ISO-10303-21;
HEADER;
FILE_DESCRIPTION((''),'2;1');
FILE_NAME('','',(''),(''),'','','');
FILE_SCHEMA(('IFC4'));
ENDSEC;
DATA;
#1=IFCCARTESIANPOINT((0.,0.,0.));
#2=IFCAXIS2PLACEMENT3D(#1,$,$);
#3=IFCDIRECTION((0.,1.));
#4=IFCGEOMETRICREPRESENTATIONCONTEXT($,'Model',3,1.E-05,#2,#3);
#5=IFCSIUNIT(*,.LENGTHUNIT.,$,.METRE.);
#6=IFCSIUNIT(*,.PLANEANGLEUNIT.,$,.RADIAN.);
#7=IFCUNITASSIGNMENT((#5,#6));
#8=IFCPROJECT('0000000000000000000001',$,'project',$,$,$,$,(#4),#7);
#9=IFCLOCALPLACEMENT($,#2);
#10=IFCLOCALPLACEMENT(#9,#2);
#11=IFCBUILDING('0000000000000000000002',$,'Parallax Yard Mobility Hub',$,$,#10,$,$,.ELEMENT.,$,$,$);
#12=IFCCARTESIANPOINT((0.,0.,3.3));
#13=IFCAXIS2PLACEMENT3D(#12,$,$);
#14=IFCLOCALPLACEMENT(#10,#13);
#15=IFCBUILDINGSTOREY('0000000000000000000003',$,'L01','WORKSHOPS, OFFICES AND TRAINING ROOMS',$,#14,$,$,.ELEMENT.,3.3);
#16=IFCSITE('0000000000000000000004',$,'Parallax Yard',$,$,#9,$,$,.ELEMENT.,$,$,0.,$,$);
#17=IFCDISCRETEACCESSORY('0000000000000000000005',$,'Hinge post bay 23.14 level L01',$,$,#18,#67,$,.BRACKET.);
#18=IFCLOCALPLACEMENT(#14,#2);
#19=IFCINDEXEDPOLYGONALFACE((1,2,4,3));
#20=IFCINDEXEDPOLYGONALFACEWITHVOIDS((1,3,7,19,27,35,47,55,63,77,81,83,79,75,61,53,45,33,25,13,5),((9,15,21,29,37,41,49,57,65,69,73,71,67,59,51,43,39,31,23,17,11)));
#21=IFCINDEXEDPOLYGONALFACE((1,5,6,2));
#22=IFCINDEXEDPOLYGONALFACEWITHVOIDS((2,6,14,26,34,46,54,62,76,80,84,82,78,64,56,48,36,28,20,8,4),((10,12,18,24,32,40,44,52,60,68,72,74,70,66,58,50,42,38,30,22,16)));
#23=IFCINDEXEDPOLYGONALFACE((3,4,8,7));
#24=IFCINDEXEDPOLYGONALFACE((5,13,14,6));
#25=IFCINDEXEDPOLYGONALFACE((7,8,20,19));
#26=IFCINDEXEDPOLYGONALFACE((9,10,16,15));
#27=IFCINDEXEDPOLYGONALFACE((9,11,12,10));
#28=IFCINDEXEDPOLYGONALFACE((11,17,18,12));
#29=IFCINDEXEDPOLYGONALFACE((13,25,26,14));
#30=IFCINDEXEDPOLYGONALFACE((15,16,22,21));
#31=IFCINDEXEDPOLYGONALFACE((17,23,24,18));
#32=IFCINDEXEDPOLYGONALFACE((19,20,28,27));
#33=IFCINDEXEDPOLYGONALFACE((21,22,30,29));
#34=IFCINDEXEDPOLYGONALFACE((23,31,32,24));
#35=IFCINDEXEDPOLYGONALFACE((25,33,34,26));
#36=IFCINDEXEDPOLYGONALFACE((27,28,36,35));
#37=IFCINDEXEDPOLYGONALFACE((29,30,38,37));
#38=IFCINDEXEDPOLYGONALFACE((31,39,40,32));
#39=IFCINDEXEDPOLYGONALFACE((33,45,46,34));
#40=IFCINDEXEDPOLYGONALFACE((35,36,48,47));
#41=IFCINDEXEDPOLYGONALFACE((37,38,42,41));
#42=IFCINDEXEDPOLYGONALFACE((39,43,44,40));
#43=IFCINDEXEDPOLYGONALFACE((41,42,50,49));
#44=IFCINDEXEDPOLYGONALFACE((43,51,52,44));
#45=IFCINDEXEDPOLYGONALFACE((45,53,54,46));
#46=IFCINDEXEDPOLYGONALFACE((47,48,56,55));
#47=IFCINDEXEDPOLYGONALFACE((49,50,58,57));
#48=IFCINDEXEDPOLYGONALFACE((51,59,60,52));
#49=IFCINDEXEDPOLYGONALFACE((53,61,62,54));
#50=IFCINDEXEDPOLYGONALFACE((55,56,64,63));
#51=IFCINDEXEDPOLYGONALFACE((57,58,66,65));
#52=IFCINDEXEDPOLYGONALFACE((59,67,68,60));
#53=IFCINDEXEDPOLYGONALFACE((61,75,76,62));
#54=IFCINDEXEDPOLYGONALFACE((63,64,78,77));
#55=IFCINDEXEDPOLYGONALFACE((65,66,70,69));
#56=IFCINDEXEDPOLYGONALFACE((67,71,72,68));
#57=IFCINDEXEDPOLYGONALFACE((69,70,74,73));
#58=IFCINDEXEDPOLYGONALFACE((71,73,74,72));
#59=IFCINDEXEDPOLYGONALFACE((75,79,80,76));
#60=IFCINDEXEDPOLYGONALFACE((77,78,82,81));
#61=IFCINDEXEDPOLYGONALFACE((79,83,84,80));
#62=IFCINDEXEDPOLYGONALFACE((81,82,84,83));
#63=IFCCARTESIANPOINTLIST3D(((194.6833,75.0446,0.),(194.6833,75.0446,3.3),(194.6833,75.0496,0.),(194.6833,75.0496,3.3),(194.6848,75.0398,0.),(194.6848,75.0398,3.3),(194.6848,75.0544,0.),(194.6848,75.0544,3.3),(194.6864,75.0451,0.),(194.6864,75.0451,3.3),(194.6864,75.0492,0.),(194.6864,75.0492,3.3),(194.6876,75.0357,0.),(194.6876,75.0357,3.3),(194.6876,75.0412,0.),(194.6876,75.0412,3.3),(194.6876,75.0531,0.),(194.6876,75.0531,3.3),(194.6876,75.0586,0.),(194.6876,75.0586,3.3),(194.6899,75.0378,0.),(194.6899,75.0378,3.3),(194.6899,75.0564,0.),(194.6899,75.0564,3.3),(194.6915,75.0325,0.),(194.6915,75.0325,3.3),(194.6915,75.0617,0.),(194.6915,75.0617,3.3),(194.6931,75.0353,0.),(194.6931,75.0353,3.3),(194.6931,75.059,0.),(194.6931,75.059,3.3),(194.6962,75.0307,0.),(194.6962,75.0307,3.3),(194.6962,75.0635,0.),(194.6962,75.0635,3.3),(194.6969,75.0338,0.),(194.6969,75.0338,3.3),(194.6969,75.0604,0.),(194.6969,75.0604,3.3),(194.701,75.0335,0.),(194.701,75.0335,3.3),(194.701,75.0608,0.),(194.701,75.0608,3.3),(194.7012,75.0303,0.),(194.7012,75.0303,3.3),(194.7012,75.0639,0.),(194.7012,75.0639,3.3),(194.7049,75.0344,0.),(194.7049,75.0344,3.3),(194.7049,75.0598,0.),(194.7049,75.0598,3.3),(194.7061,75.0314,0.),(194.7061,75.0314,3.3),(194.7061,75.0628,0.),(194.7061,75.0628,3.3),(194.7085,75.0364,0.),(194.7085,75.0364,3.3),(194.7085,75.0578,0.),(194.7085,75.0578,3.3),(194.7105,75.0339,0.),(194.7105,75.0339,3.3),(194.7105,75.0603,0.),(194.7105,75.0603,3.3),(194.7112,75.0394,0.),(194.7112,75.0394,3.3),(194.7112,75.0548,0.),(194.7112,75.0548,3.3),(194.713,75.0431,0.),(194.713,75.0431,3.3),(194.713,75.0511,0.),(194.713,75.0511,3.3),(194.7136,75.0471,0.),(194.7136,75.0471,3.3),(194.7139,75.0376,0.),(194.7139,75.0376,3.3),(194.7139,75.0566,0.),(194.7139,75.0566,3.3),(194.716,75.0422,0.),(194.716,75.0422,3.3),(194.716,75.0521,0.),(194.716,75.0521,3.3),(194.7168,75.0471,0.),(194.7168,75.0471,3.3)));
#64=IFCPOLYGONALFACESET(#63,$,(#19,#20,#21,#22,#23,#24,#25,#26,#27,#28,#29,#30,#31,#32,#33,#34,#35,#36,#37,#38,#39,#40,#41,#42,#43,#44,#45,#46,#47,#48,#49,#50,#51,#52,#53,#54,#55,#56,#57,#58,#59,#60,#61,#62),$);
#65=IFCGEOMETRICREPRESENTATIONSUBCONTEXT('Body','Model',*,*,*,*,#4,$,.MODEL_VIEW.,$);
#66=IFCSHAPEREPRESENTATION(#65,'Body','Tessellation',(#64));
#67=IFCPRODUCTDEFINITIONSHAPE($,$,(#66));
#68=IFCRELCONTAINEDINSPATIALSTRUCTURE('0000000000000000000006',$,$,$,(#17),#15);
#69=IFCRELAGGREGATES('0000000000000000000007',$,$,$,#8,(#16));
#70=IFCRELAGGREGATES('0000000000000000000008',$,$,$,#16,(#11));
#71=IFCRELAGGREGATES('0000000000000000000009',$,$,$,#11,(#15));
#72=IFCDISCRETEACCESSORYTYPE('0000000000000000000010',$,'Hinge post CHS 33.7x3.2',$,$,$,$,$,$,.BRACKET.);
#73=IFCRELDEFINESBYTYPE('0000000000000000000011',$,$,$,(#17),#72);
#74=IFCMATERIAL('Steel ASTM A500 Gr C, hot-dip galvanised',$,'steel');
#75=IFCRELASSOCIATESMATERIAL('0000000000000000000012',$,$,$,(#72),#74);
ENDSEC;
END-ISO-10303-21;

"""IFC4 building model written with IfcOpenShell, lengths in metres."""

from ifc_helpers import new_model, si_unit, direction, frame, origin, origin_2d, place, context, subcontext, project, spatial, hollow_circle, extrude, material, material_profile, profile_set, type_object, element, save


model = new_model("IFC4")

# Units and contexts
model_context = context("Model", 3, precision=1e-05, world=origin(), true_north=direction((0.0, 1.0)))
body_context = subcontext(model_context, "Body", "Model", "MODEL_VIEW")
ifc_project = project(units=[si_unit("LENGTHUNIT", "METRE"), si_unit("PLANEANGLEUNIT", "RADIAN")], contexts=[model_context])

# Site, building, storey
site_placement = place(None, origin())
site = spatial("IfcSite", under=ifc_project, at=site_placement, Name="Parallax Yard", CompositionType="ELEMENT", RefElevation=0.0)
building_placement = place(site_placement, origin())
building = spatial("IfcBuilding", under=site, at=building_placement, Name="Parallax Yard Mobility Hub", CompositionType="ELEMENT")
storey_placement = place(building_placement, frame((0.0, 0.0, 3.3)))
storey = spatial("IfcBuildingStorey", under=building, at=storey_placement, Name="L01", Description="WORKSHOPS, OFFICES AND TRAINING ROOMS", CompositionType="ELEMENT", Elevation=3.3)

# Discrete accessory
ifc_material_1 = material(Name="Steel ASTM A500 Gr C, hot-dip galvanised", Category="steel")
ifc_material_profile_1 = material_profile(ifc_material_1, hollow_circle(Radius=0.0168, WallThickness=0.0032, at=origin_2d()), Name="CHS 33.7x3.2")
ifc_profile_set_1 = profile_set([ifc_material_profile_1], Name="Steel ASTM A500 Gr C, hot-dip galvanised")
discrete_accessory_type_1 = type_object("IfcDiscreteAccessoryType", Name="Hinge post CHS 33.7x3.2", PredefinedType="BRACKET", material=ifc_profile_set_1)
for number, where, z_axis, x_axis, name in (
    (1, (194.7, 75.0471, 0.0), (0.0, 0.0, 1.0), (1.0, 0.0, 0.0), "Hinge post bay 23.14 level L01"),
):
    element("IfcDiscreteAccessory", number, at=place(storey_placement, frame(where, z_axis=z_axis, x_axis=x_axis)), inside=storey, type_object=discrete_accessory_type_1, Name=name, PredefinedType="BRACKET", context=body_context, shape_type="SweptSolid", body=[
        extrude(hollow_circle(Radius=0.0168, WallThickness=0.0032, at=origin_2d()), origin(), (0.0, 0.0, 1.0), 3.3),
    ])

save(model, "model.ifc")
